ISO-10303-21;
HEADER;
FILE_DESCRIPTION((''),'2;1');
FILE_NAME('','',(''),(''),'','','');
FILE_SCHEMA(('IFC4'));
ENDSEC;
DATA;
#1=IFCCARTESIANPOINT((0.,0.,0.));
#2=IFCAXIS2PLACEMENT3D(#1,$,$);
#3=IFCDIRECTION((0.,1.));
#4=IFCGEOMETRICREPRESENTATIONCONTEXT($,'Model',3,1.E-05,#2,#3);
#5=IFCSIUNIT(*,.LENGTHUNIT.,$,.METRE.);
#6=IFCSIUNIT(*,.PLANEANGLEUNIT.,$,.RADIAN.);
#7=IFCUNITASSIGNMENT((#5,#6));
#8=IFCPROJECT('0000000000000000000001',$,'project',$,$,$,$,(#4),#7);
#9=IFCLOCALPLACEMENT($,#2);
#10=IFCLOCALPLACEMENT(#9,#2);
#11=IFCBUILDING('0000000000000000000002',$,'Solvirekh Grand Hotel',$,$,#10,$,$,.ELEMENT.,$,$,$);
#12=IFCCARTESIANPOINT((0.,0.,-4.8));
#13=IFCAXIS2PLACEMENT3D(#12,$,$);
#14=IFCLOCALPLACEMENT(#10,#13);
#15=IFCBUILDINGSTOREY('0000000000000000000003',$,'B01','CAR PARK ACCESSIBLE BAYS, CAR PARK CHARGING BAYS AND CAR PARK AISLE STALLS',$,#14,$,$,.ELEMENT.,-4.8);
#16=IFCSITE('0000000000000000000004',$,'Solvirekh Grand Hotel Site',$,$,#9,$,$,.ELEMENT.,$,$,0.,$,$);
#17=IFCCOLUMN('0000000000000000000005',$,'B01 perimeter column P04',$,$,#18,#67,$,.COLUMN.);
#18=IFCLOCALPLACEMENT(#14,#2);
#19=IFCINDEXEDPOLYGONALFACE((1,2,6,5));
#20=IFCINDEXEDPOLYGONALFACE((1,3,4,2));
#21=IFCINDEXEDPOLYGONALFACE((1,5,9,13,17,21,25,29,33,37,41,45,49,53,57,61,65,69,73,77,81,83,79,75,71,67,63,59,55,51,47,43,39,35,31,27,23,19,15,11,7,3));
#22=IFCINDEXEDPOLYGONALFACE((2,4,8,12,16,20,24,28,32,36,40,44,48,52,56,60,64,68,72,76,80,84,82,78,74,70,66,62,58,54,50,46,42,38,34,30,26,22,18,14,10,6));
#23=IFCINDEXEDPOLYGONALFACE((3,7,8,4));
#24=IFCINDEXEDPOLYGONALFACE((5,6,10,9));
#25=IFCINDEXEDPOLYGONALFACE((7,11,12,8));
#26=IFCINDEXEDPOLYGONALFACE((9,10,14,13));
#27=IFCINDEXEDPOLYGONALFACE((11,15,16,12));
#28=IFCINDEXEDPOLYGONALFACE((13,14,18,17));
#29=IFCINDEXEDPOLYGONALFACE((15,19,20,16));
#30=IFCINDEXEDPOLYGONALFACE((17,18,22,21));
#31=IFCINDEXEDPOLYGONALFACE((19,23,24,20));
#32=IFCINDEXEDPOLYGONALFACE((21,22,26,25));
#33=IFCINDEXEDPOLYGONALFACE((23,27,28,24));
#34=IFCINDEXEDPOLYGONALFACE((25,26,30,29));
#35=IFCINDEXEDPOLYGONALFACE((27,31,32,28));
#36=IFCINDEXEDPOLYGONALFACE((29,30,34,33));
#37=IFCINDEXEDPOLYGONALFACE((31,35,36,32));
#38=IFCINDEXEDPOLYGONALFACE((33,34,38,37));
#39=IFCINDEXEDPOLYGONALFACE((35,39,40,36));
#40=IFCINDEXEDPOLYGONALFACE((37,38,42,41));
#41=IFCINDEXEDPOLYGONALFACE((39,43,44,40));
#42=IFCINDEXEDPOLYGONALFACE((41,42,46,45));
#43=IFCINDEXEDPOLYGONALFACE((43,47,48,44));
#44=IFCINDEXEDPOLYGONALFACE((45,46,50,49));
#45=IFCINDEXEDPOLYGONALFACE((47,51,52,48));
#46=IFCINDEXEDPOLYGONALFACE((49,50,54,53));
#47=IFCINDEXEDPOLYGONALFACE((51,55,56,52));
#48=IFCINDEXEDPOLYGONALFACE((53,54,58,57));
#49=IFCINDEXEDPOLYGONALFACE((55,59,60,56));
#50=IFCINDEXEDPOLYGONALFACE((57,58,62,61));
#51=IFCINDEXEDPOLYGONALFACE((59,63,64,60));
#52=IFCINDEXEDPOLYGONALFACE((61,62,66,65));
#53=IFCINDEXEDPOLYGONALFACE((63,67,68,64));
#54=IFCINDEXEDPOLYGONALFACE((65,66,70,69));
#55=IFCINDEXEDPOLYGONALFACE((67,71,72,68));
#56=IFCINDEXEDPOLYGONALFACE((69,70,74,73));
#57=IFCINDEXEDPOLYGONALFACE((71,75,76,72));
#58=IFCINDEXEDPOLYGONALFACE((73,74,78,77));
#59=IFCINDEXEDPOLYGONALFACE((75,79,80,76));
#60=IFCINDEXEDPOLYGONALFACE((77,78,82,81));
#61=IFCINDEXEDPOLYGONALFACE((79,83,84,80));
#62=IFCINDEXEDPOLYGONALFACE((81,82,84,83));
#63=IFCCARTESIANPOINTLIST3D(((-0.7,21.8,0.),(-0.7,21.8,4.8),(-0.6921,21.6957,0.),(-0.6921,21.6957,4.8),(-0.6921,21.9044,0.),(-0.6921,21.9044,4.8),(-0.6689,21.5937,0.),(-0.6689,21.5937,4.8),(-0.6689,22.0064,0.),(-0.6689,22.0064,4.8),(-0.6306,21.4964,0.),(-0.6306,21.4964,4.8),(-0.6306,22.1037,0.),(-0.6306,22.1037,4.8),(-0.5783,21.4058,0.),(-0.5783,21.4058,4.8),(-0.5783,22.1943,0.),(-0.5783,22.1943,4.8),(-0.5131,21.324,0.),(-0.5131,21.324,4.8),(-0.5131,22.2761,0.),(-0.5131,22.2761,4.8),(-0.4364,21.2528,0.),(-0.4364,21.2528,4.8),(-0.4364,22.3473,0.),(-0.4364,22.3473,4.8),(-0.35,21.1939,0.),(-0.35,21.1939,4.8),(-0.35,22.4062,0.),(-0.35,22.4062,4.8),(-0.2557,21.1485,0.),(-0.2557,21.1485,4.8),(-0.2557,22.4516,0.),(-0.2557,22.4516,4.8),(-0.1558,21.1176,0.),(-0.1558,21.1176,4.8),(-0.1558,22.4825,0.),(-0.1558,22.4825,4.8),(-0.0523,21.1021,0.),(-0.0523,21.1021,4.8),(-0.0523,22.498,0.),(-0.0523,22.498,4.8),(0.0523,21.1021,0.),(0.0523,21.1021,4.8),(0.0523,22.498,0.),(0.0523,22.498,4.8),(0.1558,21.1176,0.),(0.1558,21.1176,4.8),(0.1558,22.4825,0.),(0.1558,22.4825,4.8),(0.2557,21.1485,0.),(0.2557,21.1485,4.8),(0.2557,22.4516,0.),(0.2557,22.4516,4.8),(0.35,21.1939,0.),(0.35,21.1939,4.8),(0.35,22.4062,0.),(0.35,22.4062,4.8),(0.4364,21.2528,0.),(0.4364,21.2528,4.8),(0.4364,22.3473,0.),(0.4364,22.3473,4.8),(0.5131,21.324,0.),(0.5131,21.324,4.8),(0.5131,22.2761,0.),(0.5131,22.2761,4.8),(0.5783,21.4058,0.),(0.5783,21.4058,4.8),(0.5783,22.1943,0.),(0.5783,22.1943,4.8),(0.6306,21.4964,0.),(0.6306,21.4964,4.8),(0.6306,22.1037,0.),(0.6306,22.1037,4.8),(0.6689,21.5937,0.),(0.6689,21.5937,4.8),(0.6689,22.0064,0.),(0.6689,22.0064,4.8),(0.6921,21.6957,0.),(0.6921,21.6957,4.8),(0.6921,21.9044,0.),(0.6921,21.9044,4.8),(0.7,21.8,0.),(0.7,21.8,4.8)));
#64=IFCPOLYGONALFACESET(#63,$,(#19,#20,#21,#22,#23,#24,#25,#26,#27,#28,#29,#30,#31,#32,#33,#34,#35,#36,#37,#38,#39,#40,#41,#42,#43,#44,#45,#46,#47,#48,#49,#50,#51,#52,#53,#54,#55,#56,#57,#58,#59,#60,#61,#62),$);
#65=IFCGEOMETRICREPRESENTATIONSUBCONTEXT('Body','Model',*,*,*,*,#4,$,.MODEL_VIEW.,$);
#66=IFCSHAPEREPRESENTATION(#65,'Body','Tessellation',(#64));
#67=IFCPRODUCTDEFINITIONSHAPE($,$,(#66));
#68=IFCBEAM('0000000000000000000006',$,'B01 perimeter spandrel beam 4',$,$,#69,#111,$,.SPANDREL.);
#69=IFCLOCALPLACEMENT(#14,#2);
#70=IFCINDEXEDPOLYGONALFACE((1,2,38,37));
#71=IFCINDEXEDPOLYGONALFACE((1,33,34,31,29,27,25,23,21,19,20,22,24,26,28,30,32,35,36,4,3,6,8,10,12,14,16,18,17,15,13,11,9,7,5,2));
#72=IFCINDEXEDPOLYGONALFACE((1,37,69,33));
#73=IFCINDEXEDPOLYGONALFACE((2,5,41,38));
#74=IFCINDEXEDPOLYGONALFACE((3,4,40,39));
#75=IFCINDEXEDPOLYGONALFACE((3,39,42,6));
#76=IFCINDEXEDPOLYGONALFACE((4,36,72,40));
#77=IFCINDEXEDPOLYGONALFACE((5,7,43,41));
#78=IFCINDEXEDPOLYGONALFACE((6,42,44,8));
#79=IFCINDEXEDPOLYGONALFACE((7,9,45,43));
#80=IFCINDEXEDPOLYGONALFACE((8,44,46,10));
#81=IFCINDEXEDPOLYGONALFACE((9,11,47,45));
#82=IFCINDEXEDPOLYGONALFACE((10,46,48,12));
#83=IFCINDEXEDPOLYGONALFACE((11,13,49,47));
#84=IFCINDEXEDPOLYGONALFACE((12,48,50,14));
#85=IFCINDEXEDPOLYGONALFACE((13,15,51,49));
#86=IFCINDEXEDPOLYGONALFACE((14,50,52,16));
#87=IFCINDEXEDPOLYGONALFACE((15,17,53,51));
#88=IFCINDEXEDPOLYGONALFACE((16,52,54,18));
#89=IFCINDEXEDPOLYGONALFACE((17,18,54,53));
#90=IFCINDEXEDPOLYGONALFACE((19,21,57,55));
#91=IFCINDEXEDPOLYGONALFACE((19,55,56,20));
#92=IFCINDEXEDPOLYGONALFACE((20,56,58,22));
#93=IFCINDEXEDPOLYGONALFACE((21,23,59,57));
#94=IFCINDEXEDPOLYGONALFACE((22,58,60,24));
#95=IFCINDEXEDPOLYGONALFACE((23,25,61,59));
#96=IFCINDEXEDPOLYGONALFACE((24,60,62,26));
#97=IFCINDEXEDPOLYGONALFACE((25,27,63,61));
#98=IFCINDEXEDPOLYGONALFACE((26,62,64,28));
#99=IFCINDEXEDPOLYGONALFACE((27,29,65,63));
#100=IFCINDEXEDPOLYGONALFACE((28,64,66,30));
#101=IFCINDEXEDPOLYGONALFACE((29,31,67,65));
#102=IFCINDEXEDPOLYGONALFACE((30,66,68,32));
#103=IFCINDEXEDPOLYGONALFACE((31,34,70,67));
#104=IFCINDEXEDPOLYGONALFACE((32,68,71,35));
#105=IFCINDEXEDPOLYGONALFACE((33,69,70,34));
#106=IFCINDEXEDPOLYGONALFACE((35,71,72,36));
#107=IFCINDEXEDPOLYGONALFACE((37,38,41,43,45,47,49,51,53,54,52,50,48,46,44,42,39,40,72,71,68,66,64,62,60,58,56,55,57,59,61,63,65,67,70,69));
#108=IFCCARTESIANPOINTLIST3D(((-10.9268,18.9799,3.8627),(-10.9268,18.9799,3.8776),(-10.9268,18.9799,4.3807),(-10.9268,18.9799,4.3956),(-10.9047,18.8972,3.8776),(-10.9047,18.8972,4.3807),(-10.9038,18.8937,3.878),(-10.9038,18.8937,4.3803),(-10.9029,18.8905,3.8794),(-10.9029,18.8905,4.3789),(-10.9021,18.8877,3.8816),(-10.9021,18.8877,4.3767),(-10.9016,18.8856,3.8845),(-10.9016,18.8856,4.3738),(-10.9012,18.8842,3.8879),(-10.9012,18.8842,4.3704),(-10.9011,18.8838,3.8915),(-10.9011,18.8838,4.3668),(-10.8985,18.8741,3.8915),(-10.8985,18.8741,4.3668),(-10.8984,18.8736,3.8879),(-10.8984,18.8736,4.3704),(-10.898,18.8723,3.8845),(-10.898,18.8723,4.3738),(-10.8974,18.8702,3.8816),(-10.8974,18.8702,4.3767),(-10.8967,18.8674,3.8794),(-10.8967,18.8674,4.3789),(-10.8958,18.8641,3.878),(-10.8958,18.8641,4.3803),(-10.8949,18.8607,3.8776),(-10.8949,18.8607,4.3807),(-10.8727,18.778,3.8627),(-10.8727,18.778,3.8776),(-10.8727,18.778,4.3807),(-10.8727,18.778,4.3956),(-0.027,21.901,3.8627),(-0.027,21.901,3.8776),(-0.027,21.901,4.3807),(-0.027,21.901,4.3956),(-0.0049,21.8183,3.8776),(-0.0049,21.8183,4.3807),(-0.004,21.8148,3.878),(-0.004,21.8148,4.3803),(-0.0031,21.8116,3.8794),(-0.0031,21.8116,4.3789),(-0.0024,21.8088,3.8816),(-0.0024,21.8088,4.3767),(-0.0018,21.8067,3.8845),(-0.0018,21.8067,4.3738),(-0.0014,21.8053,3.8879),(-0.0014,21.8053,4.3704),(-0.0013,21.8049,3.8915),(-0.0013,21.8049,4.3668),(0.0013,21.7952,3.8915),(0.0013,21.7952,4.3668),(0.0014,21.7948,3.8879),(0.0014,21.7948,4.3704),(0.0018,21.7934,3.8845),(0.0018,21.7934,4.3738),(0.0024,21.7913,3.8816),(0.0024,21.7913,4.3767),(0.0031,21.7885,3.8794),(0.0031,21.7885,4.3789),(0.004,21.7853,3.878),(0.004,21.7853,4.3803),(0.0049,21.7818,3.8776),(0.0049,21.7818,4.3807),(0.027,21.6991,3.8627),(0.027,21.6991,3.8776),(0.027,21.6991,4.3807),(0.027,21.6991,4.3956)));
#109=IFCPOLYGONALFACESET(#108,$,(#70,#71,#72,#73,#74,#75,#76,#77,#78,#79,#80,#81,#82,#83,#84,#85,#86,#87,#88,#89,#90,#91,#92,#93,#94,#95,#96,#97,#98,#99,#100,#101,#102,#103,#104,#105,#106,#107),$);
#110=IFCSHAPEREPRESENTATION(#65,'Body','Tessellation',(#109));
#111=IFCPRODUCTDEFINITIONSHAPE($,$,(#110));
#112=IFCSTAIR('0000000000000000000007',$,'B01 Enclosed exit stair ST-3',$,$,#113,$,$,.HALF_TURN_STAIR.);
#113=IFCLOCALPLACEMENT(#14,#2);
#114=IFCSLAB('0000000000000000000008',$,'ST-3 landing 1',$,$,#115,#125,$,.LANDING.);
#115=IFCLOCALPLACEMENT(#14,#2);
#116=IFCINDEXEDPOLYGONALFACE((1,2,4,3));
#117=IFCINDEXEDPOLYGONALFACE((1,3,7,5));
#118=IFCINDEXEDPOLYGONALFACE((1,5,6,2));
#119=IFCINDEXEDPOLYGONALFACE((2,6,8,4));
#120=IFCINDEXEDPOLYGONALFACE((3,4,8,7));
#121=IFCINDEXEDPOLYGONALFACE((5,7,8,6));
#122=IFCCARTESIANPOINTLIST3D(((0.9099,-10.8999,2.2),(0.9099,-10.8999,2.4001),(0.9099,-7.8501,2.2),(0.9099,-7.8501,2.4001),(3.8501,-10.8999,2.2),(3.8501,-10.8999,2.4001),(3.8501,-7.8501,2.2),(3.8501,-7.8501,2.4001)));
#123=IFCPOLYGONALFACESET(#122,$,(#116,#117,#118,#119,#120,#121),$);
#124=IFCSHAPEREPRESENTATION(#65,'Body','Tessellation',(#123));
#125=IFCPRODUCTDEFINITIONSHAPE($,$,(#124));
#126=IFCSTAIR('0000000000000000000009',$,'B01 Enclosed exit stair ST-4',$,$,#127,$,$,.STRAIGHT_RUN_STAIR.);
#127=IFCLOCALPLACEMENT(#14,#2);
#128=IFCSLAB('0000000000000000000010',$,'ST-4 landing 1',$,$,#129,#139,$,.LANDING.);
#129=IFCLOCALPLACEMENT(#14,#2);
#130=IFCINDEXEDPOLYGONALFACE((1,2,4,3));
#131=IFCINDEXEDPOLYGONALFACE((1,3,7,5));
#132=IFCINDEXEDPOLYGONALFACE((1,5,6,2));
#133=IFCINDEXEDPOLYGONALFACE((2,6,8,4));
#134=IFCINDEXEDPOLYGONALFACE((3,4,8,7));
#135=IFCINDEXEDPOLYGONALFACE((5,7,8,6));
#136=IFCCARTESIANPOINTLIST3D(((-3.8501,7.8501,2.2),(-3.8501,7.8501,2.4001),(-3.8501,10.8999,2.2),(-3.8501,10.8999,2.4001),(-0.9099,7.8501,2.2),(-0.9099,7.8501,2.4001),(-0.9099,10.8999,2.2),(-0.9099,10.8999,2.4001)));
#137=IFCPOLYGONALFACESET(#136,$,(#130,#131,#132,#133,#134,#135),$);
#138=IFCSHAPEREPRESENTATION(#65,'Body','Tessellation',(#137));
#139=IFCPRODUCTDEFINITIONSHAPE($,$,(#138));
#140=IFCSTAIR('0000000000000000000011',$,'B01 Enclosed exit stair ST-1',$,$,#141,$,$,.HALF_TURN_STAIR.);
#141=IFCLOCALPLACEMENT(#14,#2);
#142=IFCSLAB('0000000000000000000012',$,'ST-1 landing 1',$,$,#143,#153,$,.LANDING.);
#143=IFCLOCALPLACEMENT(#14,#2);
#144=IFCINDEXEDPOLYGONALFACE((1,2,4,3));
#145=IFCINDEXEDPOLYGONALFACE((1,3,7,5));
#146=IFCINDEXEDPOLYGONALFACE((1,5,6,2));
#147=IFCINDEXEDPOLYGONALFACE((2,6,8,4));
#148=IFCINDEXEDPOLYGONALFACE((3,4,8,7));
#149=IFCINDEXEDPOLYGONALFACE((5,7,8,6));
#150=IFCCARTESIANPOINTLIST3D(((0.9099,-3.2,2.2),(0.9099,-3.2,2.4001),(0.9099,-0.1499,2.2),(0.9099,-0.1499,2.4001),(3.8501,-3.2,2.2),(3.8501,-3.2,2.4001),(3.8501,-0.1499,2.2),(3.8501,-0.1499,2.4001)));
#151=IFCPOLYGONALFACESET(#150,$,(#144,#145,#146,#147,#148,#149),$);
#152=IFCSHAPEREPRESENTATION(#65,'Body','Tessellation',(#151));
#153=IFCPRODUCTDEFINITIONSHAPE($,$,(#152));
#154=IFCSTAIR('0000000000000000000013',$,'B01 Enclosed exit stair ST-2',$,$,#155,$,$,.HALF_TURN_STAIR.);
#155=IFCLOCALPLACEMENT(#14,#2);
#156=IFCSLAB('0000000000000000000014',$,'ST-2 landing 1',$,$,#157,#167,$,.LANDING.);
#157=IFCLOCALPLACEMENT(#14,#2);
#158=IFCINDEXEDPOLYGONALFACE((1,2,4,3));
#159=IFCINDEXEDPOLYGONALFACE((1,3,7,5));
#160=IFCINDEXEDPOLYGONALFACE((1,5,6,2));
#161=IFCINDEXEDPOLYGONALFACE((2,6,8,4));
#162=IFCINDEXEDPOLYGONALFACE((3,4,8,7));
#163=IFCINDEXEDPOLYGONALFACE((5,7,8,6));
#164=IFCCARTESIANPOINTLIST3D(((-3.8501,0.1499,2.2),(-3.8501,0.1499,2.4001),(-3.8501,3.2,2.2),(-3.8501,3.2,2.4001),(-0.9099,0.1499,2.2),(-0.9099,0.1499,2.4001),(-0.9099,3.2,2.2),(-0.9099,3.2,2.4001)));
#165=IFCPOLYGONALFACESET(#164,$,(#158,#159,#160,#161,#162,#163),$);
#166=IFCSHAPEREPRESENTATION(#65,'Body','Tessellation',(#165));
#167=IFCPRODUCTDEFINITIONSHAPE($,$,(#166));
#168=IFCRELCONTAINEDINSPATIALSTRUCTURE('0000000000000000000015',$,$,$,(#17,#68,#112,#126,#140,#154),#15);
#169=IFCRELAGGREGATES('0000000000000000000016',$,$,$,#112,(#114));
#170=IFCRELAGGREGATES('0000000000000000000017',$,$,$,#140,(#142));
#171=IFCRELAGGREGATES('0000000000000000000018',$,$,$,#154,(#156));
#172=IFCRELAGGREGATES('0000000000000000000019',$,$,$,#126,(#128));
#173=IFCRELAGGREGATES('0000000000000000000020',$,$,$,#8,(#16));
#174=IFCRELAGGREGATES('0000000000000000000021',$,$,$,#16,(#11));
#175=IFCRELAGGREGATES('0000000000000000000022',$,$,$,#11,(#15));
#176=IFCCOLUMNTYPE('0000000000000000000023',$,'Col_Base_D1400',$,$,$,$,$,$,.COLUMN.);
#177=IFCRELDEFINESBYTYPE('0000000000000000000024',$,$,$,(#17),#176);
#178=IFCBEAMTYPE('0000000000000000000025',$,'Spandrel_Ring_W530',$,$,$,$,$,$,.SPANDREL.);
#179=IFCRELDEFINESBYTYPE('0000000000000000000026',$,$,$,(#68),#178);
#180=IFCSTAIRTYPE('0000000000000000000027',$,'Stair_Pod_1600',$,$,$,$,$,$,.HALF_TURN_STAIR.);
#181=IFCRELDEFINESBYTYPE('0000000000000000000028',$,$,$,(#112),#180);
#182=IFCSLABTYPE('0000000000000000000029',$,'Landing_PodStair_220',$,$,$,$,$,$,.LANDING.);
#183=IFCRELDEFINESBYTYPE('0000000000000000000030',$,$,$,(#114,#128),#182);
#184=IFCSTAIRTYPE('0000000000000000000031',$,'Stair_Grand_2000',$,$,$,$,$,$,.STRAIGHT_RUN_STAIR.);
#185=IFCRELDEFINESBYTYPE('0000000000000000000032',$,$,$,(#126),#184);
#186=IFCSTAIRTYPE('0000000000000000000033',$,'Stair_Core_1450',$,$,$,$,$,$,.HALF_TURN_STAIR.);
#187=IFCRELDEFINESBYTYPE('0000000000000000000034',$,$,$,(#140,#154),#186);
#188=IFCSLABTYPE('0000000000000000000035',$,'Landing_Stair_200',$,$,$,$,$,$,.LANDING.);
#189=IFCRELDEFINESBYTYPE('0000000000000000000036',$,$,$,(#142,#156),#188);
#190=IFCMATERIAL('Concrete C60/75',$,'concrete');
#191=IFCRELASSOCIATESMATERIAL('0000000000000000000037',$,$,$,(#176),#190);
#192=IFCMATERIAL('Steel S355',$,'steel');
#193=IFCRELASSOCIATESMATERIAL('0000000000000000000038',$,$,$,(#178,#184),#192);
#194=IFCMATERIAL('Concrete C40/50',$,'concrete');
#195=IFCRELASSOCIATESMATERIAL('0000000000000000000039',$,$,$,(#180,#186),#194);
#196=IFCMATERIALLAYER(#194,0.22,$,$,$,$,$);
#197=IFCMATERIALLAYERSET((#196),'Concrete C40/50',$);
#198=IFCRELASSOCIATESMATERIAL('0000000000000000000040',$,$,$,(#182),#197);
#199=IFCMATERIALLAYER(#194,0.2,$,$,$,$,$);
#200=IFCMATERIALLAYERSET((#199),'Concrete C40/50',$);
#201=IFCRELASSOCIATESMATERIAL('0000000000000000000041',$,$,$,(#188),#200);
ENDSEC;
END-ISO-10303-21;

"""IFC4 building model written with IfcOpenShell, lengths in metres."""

from ifc_helpers import new_model, si_unit, direction, frame, origin, origin_2d, place, context, subcontext, project, spatial, polyline, circle, i_section, outline, extrude, material, layer, layer_set, material_profile, profile_set, type_object, element, aggregate, save


model = new_model("IFC4")

# Units and contexts
model_context = context("Model", 3, precision=1e-05, world=origin(), true_north=direction((0.0, 1.0)))
body_context = subcontext(model_context, "Body", "Model", "MODEL_VIEW")
ifc_project = project(units=[si_unit("LENGTHUNIT", "METRE"), si_unit("PLANEANGLEUNIT", "RADIAN")], contexts=[model_context])

# Site, building, storey
site_placement = place(None, origin())
site = spatial("IfcSite", under=ifc_project, at=site_placement, Name="Solvirekh Grand Hotel Site", CompositionType="ELEMENT", RefElevation=0.0)
building_placement = place(site_placement, origin())
building = spatial("IfcBuilding", under=site, at=building_placement, Name="Solvirekh Grand Hotel", CompositionType="ELEMENT")
storey_placement = place(building_placement, frame((0.0, 0.0, -4.8)))
storey = spatial("IfcBuildingStorey", under=building, at=storey_placement, Name="B01", Description="CAR PARK ACCESSIBLE BAYS, CAR PARK CHARGING BAYS AND CAR PARK AISLE STALLS", CompositionType="ELEMENT", Elevation=-4.8)

# Column
ifc_material_1 = material(Name="Concrete C60/75", Category="concrete")
ifc_material_profile_1 = material_profile(ifc_material_1, circle(Radius=0.7, at=origin_2d()), Name="RC CIRC D1400")
ifc_profile_set_1 = profile_set([ifc_material_profile_1], Name="Concrete C60/75")
column_type = type_object("IfcColumnType", Name="Col_Base_D1400", PredefinedType="COLUMN", material=ifc_profile_set_1)
column_placement = place(storey_placement, frame((0.0, 21.8, 0.0), z_axis=(0.0, 0.0, 1.0), x_axis=(1.0, 0.0, 0.0)))
element("IfcColumn", 1, at=column_placement, inside=storey, type_object=column_type, Name="B01 perimeter column P04", PredefinedType="COLUMN", context=body_context, shape_type="SweptSolid", body=[
    extrude(circle(Radius=0.7, at=origin_2d()), origin(), (0.0, 0.0, 1.0), 4.8),
])

# Beam
ifc_material_2 = material(Name="Steel S355", Category="steel")
ifc_material_profile_2 = material_profile(ifc_material_2, i_section(OverallWidth=0.209, OverallDepth=0.533, WebThickness=0.01, FlangeThickness=0.0149, FilletRadius=0.0139, at=origin_2d()), Name="W530X92")
ifc_profile_set_2 = profile_set([ifc_material_profile_2], Name="Steel S355")
beam_type = type_object("IfcBeamType", Name="Spandrel_Ring_W530", PredefinedType="SPANDREL", material=ifc_profile_set_2)
beam_placement = place(storey_placement, frame((0.0, 21.8, 4.1292), z_axis=(-0.965914, -0.258862, 0.0), x_axis=(0.258862, -0.965914, 0.0)))
element("IfcBeam", 2, at=beam_placement, inside=storey, type_object=beam_type, Name="B01 perimeter spandrel beam 4", PredefinedType="SPANDREL", context=body_context, shape_type="SweptSolid", body=[
    extrude(i_section(OverallWidth=0.209, OverallDepth=0.533, WebThickness=0.01, FlangeThickness=0.0149, FilletRadius=0.0139, at=origin_2d()), origin(), (0.0, 0.0, 1.0), 11.2844),
])

# Stairs, slabs
ifc_material_3 = material(Name="Concrete C40/50", Category="concrete")
stair_type_1 = type_object("IfcStairType", Name="Stair_Pod_1600", PredefinedType="HALF_TURN_STAIR", material=ifc_material_3)
stair_1_placement = place(storey_placement, origin())
stair_1 = element("IfcStair", 3, at=stair_1_placement, inside=storey, type_object=stair_type_1, Name="B01 Enclosed exit stair ST-3", PredefinedType="HALF_TURN_STAIR")
ifc_layer_1 = layer(ifc_material_3, 0.22)
ifc_layer_set_1 = layer_set([ifc_layer_1], Name="Concrete C40/50")
slab_type_1 = type_object("IfcSlabType", Name="Landing_PodStair_220", PredefinedType="LANDING", material=ifc_layer_set_1)
slab_1_placement = place(storey_placement, frame((0.0, 0.0, 2.2)))
slab_1 = element("IfcSlab", 4, at=slab_1_placement, type_object=slab_type_1, Name="ST-3 landing 1", PredefinedType="LANDING", context=body_context, shape_type="SweptSolid", body=[
    extrude(outline(polyline([(0.9099, -10.8999), (3.8501, -10.8999), (3.8501, -7.8501), (0.9099, -7.8501), (0.9099, -10.8999)])), origin(), (0.0, 0.0, 1.0), 0.2002),
])
aggregate(stair_1, [slab_1])
stair_type_2 = type_object("IfcStairType", Name="Stair_Grand_2000", PredefinedType="STRAIGHT_RUN_STAIR", material=ifc_material_2)
stair_2_placement = place(storey_placement, origin())
stair_2 = element("IfcStair", 5, at=stair_2_placement, inside=storey, type_object=stair_type_2, Name="B01 Enclosed exit stair ST-4", PredefinedType="STRAIGHT_RUN_STAIR")
slab_2_placement = place(storey_placement, frame((0.0, 0.0, 2.2)))
slab_2 = element("IfcSlab", 6, at=slab_2_placement, type_object=slab_type_1, Name="ST-4 landing 1", PredefinedType="LANDING", context=body_context, shape_type="SweptSolid", body=[
    extrude(outline(polyline([(-0.9099, 10.8999), (-3.8501, 10.8999), (-3.8501, 7.8501), (-0.9099, 7.8501), (-0.9099, 10.8999)])), origin(), (0.0, 0.0, 1.0), 0.2002),
])
stair_type_3 = type_object("IfcStairType", Name="Stair_Core_1450", PredefinedType="HALF_TURN_STAIR", material=ifc_material_3)
stair_3_placement = place(storey_placement, origin())
stair_3 = element("IfcStair", 7, at=stair_3_placement, inside=storey, type_object=stair_type_3, Name="B01 Enclosed exit stair ST-1", PredefinedType="HALF_TURN_STAIR")
ifc_layer_2 = layer(ifc_material_3, 0.2)
ifc_layer_set_2 = layer_set([ifc_layer_2], Name="Concrete C40/50")
slab_type_2 = type_object("IfcSlabType", Name="Landing_Stair_200", PredefinedType="LANDING", material=ifc_layer_set_2)
slab_3_placement = place(storey_placement, frame((0.0, 0.0, 2.2)))
slab_3 = element("IfcSlab", 8, at=slab_3_placement, type_object=slab_type_2, Name="ST-1 landing 1", PredefinedType="LANDING", context=body_context, shape_type="SweptSolid", body=[
    extrude(outline(polyline([(0.9099, -3.2), (3.8501, -3.2), (3.8501, -0.1499), (0.9099, -0.1499), (0.9099, -3.2)])), origin(), (0.0, 0.0, 1.0), 0.2002),
])
aggregate(stair_3, [slab_3])
stair_4_placement = place(storey_placement, origin())
stair_4 = element("IfcStair", 9, at=stair_4_placement, inside=storey, type_object=stair_type_3, Name="B01 Enclosed exit stair ST-2", PredefinedType="HALF_TURN_STAIR")
slab_4_placement = place(storey_placement, frame((0.0, 0.0, 2.2)))
slab_4 = element("IfcSlab", 10, at=slab_4_placement, type_object=slab_type_2, Name="ST-2 landing 1", PredefinedType="LANDING", context=body_context, shape_type="SweptSolid", body=[
    extrude(outline(polyline([(-0.9099, 3.2), (-3.8501, 3.2), (-3.8501, 0.1499), (-0.9099, 0.1499), (-0.9099, 3.2)])), origin(), (0.0, 0.0, 1.0), 0.2002),
])

aggregate(stair_4, [slab_4])
aggregate(stair_2, [slab_2])

save(model, "model.ifc")
